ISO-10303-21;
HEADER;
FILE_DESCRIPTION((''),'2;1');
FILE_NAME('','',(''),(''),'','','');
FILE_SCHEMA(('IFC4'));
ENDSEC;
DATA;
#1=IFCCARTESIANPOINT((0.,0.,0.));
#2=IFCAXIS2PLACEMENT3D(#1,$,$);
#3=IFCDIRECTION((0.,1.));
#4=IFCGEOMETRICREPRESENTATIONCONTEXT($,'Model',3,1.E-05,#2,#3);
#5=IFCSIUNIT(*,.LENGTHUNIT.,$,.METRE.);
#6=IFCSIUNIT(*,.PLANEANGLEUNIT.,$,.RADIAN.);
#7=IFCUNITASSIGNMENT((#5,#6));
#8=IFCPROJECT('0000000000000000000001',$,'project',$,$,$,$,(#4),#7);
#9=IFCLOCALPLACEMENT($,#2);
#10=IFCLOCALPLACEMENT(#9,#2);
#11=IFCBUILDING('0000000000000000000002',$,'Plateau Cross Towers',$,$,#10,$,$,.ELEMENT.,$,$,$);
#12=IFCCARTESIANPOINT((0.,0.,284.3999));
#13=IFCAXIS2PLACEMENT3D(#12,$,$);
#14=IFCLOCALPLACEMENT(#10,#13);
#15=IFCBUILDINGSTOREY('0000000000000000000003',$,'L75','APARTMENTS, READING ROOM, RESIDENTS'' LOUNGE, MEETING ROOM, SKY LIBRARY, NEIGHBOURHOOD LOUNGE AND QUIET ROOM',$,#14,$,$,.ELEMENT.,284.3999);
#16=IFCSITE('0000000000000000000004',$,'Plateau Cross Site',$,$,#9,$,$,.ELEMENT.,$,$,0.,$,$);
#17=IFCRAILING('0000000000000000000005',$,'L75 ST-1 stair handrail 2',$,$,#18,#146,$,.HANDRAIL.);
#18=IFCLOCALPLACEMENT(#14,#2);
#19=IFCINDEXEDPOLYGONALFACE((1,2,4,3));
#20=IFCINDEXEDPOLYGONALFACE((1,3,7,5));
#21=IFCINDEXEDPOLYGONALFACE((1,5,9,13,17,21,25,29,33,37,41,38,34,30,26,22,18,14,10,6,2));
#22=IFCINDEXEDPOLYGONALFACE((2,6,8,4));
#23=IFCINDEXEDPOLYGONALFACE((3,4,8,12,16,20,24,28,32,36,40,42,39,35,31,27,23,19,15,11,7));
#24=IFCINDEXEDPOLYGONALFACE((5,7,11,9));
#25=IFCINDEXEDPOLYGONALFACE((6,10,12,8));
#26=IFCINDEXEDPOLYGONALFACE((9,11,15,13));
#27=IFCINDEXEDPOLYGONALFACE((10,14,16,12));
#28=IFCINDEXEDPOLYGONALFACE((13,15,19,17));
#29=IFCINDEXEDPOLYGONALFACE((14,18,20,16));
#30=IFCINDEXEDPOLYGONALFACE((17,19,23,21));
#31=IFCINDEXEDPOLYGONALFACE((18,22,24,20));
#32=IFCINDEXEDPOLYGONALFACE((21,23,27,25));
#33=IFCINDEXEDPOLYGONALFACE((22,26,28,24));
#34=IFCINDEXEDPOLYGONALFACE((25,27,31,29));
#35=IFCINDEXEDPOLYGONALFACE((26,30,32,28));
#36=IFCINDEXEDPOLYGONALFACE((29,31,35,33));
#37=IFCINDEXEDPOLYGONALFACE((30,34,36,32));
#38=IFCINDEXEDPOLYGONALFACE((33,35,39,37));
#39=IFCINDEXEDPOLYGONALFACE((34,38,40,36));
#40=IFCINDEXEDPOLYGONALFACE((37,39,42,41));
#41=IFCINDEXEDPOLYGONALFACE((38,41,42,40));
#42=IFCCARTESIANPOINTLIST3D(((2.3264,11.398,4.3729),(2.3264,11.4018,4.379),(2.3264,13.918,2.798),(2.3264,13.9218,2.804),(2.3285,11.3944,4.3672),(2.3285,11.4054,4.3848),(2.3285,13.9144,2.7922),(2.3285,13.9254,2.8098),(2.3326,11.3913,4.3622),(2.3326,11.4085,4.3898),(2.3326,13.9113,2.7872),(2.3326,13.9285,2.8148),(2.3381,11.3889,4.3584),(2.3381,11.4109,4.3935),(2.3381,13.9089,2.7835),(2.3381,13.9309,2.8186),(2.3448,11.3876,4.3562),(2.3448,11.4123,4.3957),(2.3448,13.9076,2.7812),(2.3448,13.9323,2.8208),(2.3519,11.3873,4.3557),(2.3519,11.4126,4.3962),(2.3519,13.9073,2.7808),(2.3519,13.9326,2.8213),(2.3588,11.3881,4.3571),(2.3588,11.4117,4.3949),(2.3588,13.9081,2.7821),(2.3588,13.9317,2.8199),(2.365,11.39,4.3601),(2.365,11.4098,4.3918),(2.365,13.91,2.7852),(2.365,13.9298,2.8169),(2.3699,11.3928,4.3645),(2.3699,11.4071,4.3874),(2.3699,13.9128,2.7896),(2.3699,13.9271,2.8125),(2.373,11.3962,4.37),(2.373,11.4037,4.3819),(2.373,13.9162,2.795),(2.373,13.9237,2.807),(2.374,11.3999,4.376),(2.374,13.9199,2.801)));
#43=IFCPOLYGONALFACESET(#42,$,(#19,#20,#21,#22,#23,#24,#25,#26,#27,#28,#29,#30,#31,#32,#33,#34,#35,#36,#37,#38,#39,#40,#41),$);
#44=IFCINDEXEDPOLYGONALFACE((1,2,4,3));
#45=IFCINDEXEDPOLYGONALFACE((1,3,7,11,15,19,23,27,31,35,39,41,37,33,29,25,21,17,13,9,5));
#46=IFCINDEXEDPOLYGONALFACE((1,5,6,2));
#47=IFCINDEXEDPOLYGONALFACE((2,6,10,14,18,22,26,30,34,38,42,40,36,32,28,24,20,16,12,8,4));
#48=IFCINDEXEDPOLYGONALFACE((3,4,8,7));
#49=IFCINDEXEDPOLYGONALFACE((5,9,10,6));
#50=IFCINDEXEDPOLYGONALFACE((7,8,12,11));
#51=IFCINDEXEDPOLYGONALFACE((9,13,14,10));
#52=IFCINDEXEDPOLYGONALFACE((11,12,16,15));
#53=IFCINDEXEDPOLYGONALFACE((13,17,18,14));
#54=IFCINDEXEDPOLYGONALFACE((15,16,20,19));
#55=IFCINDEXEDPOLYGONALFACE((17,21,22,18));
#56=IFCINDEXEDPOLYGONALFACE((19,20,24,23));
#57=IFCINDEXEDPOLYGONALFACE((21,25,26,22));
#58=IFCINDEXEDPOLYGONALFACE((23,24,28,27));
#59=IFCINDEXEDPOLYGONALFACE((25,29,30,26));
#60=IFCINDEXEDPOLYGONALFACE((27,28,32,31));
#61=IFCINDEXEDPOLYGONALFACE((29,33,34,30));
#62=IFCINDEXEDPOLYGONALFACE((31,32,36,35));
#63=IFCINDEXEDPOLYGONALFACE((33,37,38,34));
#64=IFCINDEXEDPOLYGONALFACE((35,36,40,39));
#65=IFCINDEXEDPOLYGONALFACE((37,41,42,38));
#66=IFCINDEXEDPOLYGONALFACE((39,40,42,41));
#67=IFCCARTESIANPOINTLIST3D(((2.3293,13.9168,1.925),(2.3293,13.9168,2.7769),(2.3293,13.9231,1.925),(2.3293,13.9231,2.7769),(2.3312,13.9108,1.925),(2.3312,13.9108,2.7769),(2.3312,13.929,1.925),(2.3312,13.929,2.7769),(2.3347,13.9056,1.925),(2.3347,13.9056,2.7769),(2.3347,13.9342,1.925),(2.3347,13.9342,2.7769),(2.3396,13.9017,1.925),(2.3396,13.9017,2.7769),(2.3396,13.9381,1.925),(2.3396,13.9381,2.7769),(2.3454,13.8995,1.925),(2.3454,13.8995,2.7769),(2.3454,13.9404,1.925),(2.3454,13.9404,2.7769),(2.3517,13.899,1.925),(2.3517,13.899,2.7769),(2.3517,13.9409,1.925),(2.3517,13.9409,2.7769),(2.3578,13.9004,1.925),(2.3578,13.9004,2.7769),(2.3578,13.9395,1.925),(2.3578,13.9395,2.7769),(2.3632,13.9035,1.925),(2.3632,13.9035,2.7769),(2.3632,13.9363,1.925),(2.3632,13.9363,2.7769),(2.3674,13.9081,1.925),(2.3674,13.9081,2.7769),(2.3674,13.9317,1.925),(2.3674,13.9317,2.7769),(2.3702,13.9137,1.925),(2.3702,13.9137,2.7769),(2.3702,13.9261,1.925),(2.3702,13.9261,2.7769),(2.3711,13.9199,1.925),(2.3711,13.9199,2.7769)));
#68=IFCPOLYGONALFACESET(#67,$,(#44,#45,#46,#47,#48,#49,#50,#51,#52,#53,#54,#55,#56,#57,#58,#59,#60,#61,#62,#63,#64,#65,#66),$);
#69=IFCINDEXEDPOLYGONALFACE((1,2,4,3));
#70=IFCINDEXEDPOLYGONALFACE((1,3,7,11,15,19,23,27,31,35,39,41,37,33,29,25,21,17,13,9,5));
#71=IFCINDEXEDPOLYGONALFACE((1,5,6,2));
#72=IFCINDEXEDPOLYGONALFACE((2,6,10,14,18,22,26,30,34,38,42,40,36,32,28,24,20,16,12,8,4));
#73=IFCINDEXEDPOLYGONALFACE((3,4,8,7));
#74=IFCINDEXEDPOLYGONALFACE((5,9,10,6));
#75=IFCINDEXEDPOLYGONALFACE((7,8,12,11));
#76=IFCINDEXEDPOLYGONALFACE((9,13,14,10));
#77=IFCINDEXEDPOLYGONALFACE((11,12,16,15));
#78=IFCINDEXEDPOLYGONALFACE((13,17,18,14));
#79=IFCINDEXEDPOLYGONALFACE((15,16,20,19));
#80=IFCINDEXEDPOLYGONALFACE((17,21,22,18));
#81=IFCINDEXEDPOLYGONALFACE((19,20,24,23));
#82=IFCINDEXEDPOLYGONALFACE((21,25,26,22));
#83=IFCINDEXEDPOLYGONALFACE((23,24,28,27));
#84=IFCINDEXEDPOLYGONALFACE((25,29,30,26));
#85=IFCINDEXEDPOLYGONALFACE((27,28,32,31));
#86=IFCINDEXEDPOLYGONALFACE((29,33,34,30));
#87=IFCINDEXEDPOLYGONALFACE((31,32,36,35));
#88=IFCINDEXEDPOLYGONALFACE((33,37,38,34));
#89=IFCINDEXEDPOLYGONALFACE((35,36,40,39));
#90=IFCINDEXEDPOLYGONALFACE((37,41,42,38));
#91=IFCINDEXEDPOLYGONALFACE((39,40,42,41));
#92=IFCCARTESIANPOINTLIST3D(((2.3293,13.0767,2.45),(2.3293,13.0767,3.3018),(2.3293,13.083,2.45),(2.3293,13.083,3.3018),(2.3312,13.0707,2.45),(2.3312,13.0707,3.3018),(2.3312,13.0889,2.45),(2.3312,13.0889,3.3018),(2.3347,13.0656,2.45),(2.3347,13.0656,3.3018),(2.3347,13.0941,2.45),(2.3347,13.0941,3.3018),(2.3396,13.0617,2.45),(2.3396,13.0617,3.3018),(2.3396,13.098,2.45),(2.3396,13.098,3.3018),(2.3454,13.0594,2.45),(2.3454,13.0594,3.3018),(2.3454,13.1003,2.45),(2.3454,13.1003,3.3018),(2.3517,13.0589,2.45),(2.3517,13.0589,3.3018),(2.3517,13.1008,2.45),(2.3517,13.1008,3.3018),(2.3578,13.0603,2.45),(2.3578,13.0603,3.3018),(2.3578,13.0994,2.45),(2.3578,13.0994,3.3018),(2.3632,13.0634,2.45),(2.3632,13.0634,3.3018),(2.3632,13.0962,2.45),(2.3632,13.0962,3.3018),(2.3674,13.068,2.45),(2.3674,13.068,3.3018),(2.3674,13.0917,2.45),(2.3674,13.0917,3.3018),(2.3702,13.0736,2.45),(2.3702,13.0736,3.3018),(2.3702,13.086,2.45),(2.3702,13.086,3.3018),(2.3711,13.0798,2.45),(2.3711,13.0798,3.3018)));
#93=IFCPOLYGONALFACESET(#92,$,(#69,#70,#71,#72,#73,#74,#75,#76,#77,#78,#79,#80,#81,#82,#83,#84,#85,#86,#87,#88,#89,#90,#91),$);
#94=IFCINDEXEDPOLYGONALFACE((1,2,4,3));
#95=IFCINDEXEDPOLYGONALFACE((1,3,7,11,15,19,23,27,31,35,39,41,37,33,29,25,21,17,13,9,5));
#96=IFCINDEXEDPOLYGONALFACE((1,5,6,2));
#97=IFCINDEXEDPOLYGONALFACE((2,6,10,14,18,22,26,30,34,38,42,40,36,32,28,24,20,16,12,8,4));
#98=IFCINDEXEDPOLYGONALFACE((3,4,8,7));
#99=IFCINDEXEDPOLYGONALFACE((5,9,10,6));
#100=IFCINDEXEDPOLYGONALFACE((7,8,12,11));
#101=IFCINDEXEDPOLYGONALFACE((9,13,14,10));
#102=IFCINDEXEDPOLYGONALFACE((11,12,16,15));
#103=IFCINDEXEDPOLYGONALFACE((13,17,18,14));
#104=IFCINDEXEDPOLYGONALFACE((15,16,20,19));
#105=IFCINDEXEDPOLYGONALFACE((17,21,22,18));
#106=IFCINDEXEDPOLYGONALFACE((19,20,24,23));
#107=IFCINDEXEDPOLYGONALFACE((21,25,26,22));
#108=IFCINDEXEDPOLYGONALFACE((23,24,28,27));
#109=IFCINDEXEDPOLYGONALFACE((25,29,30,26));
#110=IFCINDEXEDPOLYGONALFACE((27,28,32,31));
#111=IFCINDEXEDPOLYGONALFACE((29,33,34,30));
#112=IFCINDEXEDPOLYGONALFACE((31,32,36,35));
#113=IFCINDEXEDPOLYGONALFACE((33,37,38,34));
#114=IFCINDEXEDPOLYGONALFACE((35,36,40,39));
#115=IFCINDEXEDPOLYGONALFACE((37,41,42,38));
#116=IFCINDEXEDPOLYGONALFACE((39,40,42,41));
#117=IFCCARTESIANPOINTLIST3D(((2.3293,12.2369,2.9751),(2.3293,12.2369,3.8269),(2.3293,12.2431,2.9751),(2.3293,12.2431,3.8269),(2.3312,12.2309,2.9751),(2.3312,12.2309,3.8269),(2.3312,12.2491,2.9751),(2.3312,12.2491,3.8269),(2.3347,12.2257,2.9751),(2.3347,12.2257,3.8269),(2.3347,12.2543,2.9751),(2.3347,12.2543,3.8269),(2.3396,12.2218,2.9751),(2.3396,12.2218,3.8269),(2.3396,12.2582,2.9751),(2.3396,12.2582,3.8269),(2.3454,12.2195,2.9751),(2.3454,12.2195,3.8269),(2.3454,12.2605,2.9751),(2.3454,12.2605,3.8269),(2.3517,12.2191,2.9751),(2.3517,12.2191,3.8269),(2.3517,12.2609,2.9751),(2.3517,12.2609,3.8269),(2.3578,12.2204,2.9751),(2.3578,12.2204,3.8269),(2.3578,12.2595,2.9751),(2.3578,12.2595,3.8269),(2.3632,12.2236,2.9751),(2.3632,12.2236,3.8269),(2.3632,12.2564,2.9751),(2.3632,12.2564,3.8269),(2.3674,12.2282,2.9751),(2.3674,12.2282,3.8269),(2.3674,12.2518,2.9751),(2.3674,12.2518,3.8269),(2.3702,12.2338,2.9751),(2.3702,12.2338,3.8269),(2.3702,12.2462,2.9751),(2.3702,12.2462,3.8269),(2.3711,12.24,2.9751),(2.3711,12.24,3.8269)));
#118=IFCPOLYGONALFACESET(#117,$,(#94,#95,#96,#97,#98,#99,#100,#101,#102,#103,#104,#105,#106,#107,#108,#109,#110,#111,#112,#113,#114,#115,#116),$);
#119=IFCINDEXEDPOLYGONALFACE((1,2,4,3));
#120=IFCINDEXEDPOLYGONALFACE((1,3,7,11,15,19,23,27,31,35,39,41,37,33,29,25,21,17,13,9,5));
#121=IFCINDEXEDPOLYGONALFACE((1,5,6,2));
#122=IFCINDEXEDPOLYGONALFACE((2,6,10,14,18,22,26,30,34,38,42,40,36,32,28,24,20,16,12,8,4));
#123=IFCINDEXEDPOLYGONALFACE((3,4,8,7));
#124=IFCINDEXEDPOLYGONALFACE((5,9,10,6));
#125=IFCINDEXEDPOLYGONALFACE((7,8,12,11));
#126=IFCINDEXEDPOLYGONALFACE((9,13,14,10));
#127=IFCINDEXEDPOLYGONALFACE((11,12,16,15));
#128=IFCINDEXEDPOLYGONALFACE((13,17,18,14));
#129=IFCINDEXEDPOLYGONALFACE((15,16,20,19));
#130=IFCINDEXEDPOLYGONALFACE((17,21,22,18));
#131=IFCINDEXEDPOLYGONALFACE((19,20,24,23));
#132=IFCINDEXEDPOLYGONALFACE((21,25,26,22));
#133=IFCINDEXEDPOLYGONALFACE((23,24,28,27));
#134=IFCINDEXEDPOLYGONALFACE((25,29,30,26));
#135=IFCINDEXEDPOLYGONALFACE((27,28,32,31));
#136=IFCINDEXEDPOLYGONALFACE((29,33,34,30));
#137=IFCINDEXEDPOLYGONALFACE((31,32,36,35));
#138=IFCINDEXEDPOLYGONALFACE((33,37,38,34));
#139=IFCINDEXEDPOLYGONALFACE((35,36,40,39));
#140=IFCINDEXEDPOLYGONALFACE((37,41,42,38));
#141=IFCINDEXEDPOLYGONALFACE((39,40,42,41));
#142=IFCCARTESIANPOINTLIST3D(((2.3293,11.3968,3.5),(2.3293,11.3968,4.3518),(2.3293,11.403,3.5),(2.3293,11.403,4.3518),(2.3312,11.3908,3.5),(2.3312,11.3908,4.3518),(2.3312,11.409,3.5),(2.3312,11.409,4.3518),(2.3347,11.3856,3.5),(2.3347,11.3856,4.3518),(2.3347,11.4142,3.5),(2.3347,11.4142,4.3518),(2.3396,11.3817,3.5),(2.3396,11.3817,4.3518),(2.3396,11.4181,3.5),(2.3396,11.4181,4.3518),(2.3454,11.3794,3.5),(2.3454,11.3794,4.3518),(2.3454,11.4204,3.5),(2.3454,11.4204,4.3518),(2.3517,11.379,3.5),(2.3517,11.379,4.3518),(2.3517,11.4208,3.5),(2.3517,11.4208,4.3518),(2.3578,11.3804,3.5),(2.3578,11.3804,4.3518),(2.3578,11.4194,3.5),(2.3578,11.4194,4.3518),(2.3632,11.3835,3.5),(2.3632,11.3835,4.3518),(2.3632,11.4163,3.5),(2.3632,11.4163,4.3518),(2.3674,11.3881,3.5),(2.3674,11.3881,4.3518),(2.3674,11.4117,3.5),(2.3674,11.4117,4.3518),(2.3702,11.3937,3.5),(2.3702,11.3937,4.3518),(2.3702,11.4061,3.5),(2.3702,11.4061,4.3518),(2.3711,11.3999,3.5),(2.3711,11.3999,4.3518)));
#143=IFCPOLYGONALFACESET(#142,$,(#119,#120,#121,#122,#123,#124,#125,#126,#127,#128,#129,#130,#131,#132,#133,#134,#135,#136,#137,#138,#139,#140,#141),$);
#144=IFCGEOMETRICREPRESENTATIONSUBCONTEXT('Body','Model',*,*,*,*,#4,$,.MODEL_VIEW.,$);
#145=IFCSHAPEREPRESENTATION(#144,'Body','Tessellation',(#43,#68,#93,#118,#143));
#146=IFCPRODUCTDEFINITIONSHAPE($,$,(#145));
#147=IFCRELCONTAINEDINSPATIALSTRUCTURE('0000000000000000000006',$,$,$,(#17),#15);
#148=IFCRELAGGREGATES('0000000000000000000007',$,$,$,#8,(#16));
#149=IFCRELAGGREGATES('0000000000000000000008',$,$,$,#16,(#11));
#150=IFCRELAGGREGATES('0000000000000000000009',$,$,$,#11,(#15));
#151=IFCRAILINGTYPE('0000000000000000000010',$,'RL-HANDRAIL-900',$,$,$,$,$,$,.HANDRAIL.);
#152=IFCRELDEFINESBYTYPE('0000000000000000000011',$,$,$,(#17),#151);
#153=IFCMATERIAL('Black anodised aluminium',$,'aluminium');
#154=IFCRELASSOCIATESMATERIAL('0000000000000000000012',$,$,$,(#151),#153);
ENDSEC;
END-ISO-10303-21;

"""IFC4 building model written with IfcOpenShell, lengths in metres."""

from ifc_helpers import new_model, si_unit, direction, frame, origin, origin_2d, place, context, subcontext, project, spatial, circle, extrude, material, type_object, element, save


model = new_model("IFC4")

# Units and contexts
model_context = context("Model", 3, precision=1e-05, world=origin(), true_north=direction((0.0, 1.0)))
body_context = subcontext(model_context, "Body", "Model", "MODEL_VIEW")
ifc_project = project(units=[si_unit("LENGTHUNIT", "METRE"), si_unit("PLANEANGLEUNIT", "RADIAN")], contexts=[model_context])

# Site, building, storey
site_placement = place(None, origin())
site = spatial("IfcSite", under=ifc_project, at=site_placement, Name="Plateau Cross Site", CompositionType="ELEMENT", RefElevation=0.0)
building_placement = place(site_placement, origin())
building = spatial("IfcBuilding", under=site, at=building_placement, Name="Plateau Cross Towers", CompositionType="ELEMENT")
storey_placement = place(building_placement, frame((0.0, 0.0, 284.3999)))
storey = spatial("IfcBuildingStorey", under=building, at=storey_placement, Name="L75", Description="APARTMENTS, READING ROOM, RESIDENTS' LOUNGE, MEETING ROOM, SKY LIBRARY, NEIGHBOURHOOD LOUNGE AND QUIET ROOM", CompositionType="ELEMENT", Elevation=284.3999)

# Shared definitions
ifc_material_1 = material(Name="Black anodised aluminium", Category="aluminium")

# Railing
railing_type_1 = type_object("IfcRailingType", Name="RL-HANDRAIL-900", PredefinedType="HANDRAIL", material=ifc_material_1)
railing_1_placement = place(storey_placement, frame((2.3501, 13.9199, 1.925)))
element("IfcRailing", 1, at=railing_1_placement, inside=storey, type_object=railing_type_1, Name="L75 ST-1 stair handrail 2", PredefinedType="HANDRAIL", context=body_context, shape_type="SweptSolid", body=[
    extrude(circle(Radius=0.0239, at=origin_2d()), frame((0.0, 0.0, 0.876), z_axis=(0.0, -0.848008, 0.529984), x_axis=(1.0, 0.0, 0.0)), (0.0, 0.0, 1.0), 2.9717),
    extrude(circle(Radius=0.021, at=origin_2d()), origin(), (0.0, 0.0, 1.0), 0.8518),
    extrude(circle(Radius=0.021, at=origin_2d()), frame((0.0, -0.8401, 0.5249)), (0.0, 0.0, 1.0), 0.8518),
    extrude(circle(Radius=0.021, at=origin_2d()), frame((0.0, -1.6799, 1.05)), (0.0, 0.0, 1.0), 0.8518),
    extrude(circle(Radius=0.021, at=origin_2d()), frame((0.0, -2.52, 1.575)), (0.0, 0.0, 1.0), 0.8518),
])

save(model, "model.ifc")
